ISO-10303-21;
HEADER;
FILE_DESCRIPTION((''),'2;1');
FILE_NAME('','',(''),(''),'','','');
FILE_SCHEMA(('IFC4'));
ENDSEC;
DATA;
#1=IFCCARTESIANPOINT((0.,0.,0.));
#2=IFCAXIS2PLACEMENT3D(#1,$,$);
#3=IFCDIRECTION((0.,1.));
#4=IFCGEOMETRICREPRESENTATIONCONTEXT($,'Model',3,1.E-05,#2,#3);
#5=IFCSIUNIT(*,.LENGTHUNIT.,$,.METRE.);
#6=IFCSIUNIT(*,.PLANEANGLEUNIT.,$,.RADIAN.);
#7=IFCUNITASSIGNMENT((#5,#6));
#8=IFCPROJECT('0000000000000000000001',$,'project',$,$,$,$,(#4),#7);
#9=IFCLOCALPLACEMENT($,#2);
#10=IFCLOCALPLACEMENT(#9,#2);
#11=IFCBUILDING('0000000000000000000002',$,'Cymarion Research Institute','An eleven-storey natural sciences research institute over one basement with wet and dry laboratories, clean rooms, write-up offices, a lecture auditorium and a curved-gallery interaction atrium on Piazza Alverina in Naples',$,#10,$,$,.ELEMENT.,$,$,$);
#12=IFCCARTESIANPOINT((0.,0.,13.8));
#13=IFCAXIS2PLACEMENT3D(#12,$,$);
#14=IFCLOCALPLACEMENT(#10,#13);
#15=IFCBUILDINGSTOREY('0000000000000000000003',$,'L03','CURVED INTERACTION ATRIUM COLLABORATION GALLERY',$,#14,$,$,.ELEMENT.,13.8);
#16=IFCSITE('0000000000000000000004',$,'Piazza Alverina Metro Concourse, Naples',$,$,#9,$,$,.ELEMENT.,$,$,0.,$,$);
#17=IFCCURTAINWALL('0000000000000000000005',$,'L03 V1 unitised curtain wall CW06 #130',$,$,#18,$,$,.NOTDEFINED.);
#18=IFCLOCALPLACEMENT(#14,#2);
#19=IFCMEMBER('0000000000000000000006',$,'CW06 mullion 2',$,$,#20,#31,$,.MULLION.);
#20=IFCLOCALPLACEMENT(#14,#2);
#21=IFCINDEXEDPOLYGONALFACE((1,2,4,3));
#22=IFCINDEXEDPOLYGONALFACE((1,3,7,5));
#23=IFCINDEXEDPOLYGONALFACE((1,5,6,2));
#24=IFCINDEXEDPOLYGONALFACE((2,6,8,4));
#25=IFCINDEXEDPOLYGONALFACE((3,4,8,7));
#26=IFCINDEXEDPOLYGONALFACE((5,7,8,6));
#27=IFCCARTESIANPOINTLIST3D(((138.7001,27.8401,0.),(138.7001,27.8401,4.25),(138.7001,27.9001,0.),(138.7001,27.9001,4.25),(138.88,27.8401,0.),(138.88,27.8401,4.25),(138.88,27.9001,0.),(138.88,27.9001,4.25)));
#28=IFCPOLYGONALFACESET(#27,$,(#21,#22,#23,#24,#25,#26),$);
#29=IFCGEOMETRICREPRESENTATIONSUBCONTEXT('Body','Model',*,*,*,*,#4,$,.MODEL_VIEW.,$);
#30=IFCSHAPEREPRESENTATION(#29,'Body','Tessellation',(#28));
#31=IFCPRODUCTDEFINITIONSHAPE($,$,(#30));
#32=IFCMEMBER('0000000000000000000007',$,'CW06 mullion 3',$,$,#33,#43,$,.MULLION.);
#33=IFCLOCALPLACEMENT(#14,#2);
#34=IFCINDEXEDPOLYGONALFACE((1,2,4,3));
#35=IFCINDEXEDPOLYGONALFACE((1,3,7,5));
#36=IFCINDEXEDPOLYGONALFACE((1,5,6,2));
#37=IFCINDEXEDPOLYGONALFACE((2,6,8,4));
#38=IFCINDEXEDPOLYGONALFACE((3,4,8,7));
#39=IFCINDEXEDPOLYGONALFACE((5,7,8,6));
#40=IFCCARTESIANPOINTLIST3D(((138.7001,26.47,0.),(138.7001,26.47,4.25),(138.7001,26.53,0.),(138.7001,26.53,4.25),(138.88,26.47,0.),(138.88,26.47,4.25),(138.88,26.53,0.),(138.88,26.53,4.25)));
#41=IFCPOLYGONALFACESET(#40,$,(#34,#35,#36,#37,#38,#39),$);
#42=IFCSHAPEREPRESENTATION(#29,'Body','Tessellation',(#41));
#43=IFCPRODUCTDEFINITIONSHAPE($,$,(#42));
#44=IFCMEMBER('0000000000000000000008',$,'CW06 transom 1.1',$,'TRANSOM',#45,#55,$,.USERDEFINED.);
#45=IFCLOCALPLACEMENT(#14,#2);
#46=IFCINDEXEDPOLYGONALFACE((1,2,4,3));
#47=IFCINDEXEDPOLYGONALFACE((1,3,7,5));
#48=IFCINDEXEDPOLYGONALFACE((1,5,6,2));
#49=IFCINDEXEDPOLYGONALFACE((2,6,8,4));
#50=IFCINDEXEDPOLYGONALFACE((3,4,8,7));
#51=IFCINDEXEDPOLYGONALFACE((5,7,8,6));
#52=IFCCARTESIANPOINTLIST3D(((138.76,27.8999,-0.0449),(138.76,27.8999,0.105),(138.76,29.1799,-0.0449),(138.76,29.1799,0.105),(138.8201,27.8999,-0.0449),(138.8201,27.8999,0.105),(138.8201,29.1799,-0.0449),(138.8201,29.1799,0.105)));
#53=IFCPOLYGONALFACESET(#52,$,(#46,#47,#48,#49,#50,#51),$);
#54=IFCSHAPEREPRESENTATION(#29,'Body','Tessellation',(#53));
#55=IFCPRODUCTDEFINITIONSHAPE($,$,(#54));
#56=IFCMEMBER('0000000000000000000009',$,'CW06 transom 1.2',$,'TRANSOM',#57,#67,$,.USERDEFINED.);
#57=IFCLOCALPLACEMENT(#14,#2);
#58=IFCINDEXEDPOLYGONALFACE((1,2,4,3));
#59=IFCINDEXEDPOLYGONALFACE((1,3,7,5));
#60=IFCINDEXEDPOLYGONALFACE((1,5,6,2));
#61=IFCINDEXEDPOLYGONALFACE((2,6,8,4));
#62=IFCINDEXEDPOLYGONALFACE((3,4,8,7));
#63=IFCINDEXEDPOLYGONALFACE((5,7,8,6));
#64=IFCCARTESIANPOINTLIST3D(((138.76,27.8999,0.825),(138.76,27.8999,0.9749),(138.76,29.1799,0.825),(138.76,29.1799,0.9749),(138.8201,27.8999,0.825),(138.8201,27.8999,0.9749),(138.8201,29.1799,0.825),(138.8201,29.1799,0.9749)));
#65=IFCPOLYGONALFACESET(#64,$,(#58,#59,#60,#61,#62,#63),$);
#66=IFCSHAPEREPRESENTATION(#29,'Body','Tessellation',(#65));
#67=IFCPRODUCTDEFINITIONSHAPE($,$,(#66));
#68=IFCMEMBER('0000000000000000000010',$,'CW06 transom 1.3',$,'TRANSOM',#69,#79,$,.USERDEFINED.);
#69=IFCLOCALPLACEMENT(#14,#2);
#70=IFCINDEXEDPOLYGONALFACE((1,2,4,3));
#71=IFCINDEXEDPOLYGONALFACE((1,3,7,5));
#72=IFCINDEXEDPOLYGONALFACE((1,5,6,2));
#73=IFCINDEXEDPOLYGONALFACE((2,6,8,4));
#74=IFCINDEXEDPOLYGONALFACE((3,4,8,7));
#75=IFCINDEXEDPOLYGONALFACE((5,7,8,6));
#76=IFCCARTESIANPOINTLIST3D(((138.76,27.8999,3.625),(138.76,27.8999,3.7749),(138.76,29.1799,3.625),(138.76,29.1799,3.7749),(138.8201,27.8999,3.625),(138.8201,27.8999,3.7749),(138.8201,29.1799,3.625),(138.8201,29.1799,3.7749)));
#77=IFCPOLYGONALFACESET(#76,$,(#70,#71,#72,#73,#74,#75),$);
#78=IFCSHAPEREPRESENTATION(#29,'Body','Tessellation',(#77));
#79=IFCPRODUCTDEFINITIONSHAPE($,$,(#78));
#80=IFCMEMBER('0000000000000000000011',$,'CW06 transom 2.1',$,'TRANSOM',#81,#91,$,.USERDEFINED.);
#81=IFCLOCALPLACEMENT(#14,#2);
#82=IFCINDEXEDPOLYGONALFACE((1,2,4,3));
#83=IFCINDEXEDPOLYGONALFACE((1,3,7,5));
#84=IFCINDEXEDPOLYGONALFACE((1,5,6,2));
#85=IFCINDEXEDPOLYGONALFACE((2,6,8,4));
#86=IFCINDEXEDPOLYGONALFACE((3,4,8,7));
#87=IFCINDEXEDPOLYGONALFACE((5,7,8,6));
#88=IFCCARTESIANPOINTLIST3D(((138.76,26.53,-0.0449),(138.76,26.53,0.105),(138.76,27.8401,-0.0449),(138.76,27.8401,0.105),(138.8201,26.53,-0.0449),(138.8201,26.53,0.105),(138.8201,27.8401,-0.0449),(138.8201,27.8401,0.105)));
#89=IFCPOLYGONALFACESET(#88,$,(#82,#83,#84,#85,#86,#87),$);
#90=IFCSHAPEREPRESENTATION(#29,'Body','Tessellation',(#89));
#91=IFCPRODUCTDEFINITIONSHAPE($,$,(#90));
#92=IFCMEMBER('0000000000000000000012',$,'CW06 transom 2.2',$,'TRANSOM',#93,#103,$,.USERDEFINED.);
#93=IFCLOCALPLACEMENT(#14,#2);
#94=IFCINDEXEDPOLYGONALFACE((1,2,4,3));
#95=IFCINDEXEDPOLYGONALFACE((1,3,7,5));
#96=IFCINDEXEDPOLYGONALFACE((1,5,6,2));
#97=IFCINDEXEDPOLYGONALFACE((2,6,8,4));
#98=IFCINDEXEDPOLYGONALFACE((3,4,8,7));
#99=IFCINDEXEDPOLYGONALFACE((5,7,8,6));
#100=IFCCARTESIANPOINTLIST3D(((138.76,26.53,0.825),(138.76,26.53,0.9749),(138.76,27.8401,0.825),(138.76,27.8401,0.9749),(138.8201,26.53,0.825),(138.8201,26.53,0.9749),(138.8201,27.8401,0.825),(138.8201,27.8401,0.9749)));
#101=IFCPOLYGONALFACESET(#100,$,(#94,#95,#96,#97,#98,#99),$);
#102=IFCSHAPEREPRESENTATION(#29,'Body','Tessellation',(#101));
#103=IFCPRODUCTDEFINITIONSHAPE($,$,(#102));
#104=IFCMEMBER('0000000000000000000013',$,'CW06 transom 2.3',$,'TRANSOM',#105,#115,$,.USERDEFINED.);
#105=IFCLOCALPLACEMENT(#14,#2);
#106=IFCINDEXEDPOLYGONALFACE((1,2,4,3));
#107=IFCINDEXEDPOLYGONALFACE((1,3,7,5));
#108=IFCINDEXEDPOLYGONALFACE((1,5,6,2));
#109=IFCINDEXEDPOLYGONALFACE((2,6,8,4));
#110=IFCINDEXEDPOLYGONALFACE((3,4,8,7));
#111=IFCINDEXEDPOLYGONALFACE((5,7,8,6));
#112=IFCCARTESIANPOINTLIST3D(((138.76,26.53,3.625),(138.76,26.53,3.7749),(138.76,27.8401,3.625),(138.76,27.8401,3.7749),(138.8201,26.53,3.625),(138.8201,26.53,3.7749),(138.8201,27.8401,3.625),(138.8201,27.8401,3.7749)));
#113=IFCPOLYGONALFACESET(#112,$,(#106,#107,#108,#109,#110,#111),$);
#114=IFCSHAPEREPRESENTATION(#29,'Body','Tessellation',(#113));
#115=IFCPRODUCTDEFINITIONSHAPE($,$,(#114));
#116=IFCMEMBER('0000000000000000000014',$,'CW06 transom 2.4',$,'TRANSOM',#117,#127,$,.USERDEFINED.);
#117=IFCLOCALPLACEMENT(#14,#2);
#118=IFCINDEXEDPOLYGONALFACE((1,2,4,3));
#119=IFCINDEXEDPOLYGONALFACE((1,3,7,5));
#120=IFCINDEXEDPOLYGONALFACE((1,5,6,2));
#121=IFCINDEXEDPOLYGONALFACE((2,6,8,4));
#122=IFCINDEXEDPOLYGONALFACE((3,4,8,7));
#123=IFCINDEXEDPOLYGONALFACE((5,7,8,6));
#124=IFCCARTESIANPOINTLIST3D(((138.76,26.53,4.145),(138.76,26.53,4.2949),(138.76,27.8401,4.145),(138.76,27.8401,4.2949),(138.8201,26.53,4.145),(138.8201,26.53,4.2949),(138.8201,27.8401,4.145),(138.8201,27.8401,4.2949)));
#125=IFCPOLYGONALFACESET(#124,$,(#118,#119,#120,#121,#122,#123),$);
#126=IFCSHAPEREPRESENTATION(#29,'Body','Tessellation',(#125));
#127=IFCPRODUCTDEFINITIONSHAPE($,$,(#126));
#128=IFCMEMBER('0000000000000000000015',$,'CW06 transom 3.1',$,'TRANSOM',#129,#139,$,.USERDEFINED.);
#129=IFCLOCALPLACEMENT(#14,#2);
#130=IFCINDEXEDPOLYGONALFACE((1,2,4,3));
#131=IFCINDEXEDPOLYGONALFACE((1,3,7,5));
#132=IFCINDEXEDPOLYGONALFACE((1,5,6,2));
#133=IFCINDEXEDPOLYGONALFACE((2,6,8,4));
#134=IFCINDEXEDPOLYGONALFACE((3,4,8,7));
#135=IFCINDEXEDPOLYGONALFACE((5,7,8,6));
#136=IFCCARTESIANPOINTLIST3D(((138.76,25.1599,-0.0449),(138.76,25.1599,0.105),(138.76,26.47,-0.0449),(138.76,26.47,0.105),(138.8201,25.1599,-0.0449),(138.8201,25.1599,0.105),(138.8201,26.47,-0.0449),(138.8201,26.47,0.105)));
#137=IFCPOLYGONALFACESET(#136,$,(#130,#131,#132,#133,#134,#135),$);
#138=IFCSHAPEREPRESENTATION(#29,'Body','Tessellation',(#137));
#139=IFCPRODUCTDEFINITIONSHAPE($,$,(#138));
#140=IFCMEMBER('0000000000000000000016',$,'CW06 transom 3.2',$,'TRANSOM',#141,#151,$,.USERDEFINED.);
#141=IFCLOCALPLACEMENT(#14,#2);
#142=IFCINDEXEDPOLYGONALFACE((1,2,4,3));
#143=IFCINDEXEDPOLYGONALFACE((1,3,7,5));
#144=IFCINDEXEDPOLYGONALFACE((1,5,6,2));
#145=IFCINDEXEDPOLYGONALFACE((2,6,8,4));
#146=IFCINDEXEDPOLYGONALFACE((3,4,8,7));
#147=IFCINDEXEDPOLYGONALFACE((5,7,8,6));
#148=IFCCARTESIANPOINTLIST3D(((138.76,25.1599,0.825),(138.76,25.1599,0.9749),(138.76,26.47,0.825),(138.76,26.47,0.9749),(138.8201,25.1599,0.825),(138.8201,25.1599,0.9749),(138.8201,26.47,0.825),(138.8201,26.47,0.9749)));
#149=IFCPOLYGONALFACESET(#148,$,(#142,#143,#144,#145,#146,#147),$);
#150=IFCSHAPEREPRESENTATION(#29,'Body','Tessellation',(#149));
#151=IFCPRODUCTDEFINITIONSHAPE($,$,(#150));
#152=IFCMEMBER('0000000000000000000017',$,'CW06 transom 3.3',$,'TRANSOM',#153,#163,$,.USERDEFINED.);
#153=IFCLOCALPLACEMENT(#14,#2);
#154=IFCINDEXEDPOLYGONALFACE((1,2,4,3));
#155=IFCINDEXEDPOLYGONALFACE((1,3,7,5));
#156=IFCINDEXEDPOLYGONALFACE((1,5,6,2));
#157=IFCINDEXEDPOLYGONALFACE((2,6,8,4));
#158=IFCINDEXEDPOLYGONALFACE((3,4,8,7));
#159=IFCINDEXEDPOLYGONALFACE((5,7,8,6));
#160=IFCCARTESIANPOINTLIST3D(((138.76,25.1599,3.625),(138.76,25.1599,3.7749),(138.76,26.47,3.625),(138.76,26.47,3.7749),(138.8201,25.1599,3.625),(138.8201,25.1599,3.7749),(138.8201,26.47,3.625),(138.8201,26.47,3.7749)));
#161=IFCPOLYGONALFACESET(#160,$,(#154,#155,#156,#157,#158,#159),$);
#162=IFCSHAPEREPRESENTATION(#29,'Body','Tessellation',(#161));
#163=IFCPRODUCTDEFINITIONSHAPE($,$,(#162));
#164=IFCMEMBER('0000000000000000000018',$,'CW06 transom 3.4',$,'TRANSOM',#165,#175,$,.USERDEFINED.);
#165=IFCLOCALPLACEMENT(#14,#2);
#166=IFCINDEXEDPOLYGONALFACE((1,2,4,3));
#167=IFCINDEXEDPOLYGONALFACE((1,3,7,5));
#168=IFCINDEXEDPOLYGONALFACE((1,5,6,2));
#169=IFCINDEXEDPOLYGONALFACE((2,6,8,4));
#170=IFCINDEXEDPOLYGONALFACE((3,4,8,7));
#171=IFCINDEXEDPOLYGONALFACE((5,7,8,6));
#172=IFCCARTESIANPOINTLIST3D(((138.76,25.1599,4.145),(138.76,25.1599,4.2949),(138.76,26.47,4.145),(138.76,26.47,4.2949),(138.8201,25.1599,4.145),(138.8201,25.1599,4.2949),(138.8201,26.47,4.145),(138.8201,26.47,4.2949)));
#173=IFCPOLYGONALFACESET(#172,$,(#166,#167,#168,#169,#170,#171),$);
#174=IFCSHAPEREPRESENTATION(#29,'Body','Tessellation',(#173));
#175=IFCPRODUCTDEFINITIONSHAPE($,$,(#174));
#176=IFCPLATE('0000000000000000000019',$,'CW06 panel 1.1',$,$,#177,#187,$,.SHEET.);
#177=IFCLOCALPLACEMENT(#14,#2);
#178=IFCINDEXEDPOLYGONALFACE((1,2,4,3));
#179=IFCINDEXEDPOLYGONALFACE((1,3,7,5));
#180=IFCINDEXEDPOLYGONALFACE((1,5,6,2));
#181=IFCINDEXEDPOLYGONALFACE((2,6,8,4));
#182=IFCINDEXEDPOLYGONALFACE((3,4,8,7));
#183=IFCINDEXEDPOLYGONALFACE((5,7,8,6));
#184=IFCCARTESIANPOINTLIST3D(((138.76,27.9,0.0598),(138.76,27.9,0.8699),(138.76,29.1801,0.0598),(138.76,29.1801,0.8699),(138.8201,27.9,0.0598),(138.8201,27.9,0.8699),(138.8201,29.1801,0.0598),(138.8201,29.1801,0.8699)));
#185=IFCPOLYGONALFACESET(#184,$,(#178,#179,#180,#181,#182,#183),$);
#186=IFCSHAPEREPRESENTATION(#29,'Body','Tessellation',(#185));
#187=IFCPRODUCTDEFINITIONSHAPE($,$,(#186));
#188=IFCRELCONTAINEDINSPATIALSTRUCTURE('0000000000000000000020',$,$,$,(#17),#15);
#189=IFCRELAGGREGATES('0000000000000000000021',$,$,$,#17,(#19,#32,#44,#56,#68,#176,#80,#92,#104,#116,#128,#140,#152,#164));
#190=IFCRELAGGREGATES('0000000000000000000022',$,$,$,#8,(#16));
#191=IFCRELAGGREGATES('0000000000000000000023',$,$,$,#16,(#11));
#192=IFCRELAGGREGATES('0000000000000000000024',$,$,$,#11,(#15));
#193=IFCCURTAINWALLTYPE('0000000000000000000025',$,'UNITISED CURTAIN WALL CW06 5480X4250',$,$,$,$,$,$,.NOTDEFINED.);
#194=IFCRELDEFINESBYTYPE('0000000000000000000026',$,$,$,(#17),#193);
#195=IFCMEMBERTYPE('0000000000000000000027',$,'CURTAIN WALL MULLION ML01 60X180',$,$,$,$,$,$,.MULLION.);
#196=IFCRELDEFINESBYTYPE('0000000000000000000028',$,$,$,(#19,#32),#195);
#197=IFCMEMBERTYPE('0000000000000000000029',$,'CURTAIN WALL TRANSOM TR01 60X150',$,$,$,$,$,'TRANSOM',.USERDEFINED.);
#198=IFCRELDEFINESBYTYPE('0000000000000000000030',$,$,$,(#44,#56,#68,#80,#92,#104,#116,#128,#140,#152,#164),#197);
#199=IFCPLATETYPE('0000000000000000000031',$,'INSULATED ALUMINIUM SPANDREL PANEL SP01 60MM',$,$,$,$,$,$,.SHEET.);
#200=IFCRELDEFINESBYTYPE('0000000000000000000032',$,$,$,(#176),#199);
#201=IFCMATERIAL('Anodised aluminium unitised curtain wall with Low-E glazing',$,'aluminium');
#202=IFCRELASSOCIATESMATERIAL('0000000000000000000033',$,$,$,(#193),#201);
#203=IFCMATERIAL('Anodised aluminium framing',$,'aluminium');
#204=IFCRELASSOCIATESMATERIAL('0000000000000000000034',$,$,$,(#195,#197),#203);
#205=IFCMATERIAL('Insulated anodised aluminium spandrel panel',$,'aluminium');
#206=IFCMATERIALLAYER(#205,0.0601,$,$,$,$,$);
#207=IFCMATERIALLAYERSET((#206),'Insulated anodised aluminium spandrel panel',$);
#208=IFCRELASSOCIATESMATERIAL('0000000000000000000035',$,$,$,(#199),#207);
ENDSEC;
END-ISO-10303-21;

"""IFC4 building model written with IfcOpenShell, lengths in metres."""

from ifc_helpers import new_model, si_unit, direction, frame, origin, origin_2d, place, context, subcontext, project, spatial, rectangle, extrude, material, layer, layer_set, material_profile, profile_set, type_object, element, aggregate, save


model = new_model("IFC4")

# Units and contexts
model_context = context("Model", 3, precision=1e-05, world=origin(), true_north=direction((0.0, 1.0)))
body_context = subcontext(model_context, "Body", "Model", "MODEL_VIEW")
ifc_project = project(units=[si_unit("LENGTHUNIT", "METRE"), si_unit("PLANEANGLEUNIT", "RADIAN")], contexts=[model_context])

# Site, building, storey
site_placement = place(None, origin())
site = spatial("IfcSite", under=ifc_project, at=site_placement, Name="Piazza Alverina Metro Concourse, Naples", CompositionType="ELEMENT", RefElevation=0.0)
building_placement = place(site_placement, origin())
building = spatial("IfcBuilding", under=site, at=building_placement, Name="Cymarion Research Institute", Description="An eleven-storey natural sciences research institute over one basement with wet and dry laboratories, clean rooms, write-up offices, a lecture auditorium and a curved-gallery interaction atrium on Piazza Alverina in Naples", CompositionType="ELEMENT")
storey_placement = place(building_placement, frame((0.0, 0.0, 13.8)))
storey = spatial("IfcBuildingStorey", under=building, at=storey_placement, Name="L03", Description="CURVED INTERACTION ATRIUM COLLABORATION GALLERY", CompositionType="ELEMENT", Elevation=13.8)

# Curtain wall, members, plate
ifc_material_1 = material(Name="Anodised aluminium unitised curtain wall with Low-E glazing", Category="aluminium")
curtain_wall_type = type_object("IfcCurtainWallType", Name="UNITISED CURTAIN WALL CW06 5480X4250", PredefinedType="NOTDEFINED", material=ifc_material_1)
curtain_wall_placement = place(storey_placement, origin())
curtain_wall = element("IfcCurtainWall", 1, at=curtain_wall_placement, inside=storey, type_object=curtain_wall_type, Name="L03 V1 unitised curtain wall CW06 #130", PredefinedType="NOTDEFINED")
ifc_material_2 = material(Name="Anodised aluminium framing", Category="aluminium")
ifc_material_profile_1 = material_profile(ifc_material_2, rectangle(XDim=0.0601, YDim=0.1799, at=origin_2d()), Name="ALU MULLION 60x180")
ifc_profile_set_1 = profile_set([ifc_material_profile_1], Name="Anodised aluminium framing")
member_type_1 = type_object("IfcMemberType", Name="CURTAIN WALL MULLION ML01 60X180", PredefinedType="MULLION", material=ifc_profile_set_1)
member_1_placement = place(storey_placement, frame((138.79, 27.8701, 0.0), z_axis=(0.0, 0.0, 1.0), x_axis=(0.0, -1.0, 0.0)))
member_1 = element("IfcMember", 2, at=member_1_placement, type_object=member_type_1, Name="CW06 mullion 2", PredefinedType="MULLION", context=body_context, shape_type="SweptSolid", body=[
    extrude(rectangle(XDim=0.0601, YDim=0.1799, at=origin_2d()), origin(), (0.0, 0.0, 1.0), 4.25),
])
member_2_placement = place(storey_placement, frame((138.79, 26.5, 0.0), z_axis=(0.0, 0.0, 1.0), x_axis=(0.0, -1.0, 0.0)))
member_2 = element("IfcMember", 3, at=member_2_placement, type_object=member_type_1, Name="CW06 mullion 3", PredefinedType="MULLION", context=body_context, shape_type="SweptSolid", body=[
    extrude(rectangle(XDim=0.0601, YDim=0.1799, at=origin_2d()), origin(), (0.0, 0.0, 1.0), 4.25),
])
ifc_material_profile_2 = material_profile(ifc_material_2, rectangle(XDim=0.0601, YDim=0.1499, at=origin_2d()), Name="ALU TRANSOM 60x150")
ifc_profile_set_2 = profile_set([ifc_material_profile_2], Name="Anodised aluminium framing")
member_type_2 = type_object("IfcMemberType", Name="CURTAIN WALL TRANSOM TR01 60X150", ElementType="TRANSOM", PredefinedType="USERDEFINED", material=ifc_profile_set_2)
member_3_placement = place(storey_placement, frame((138.79, 29.1799, 0.03), z_axis=(0.0, -1.0, 0.0), x_axis=(1.0, 0.0, 0.0)))
member_3 = element("IfcMember", 4, at=member_3_placement, type_object=member_type_2, Name="CW06 transom 1.1", ObjectType="TRANSOM", PredefinedType="USERDEFINED", context=body_context, shape_type="SweptSolid", body=[
    extrude(rectangle(XDim=0.0601, YDim=0.1499, at=origin_2d()), origin(), (0.0, 0.0, 1.0), 1.28),
])
member_4_placement = place(storey_placement, frame((138.79, 29.1799, 0.8999), z_axis=(0.0, -1.0, 0.0), x_axis=(1.0, 0.0, 0.0)))
member_4 = element("IfcMember", 5, at=member_4_placement, type_object=member_type_2, Name="CW06 transom 1.2", ObjectType="TRANSOM", PredefinedType="USERDEFINED", context=body_context, shape_type="SweptSolid", body=[
    extrude(rectangle(XDim=0.0601, YDim=0.1499, at=origin_2d()), origin(), (0.0, 0.0, 1.0), 1.28),
])
member_5_placement = place(storey_placement, frame((138.79, 29.1799, 3.7), z_axis=(0.0, -1.0, 0.0), x_axis=(1.0, 0.0, 0.0)))
member_5 = element("IfcMember", 6, at=member_5_placement, type_object=member_type_2, Name="CW06 transom 1.3", ObjectType="TRANSOM", PredefinedType="USERDEFINED", context=body_context, shape_type="SweptSolid", body=[
    extrude(rectangle(XDim=0.0601, YDim=0.1499, at=origin_2d()), origin(), (0.0, 0.0, 1.0), 1.28),
])
member_6_placement = place(storey_placement, frame((138.79, 27.8401, 0.03), z_axis=(0.0, -1.0, 0.0), x_axis=(1.0, 0.0, 0.0)))
member_6 = element("IfcMember", 7, at=member_6_placement, type_object=member_type_2, Name="CW06 transom 2.1", ObjectType="TRANSOM", PredefinedType="USERDEFINED", context=body_context, shape_type="SweptSolid", body=[
    extrude(rectangle(XDim=0.0601, YDim=0.1499, at=origin_2d()), origin(), (0.0, 0.0, 1.0), 1.3101),
])
member_7_placement = place(storey_placement, frame((138.79, 27.8401, 0.8999), z_axis=(0.0, -1.0, 0.0), x_axis=(1.0, 0.0, 0.0)))
member_7 = element("IfcMember", 8, at=member_7_placement, type_object=member_type_2, Name="CW06 transom 2.2", ObjectType="TRANSOM", PredefinedType="USERDEFINED", context=body_context, shape_type="SweptSolid", body=[
    extrude(rectangle(XDim=0.0601, YDim=0.1499, at=origin_2d()), origin(), (0.0, 0.0, 1.0), 1.3101),
])
member_8_placement = place(storey_placement, frame((138.79, 27.8401, 3.7), z_axis=(0.0, -1.0, 0.0), x_axis=(1.0, 0.0, 0.0)))
member_8 = element("IfcMember", 9, at=member_8_placement, type_object=member_type_2, Name="CW06 transom 2.3", ObjectType="TRANSOM", PredefinedType="USERDEFINED", context=body_context, shape_type="SweptSolid", body=[
    extrude(rectangle(XDim=0.0601, YDim=0.1499, at=origin_2d()), origin(), (0.0, 0.0, 1.0), 1.3101),
])
member_9_placement = place(storey_placement, frame((138.79, 27.8401, 4.22), z_axis=(0.0, -1.0, 0.0), x_axis=(1.0, 0.0, 0.0)))
member_9 = element("IfcMember", 10, at=member_9_placement, type_object=member_type_2, Name="CW06 transom 2.4", ObjectType="TRANSOM", PredefinedType="USERDEFINED", context=body_context, shape_type="SweptSolid", body=[
    extrude(rectangle(XDim=0.0601, YDim=0.1499, at=origin_2d()), origin(), (0.0, 0.0, 1.0), 1.3101),
])
member_10_placement = place(storey_placement, frame((138.79, 26.47, 0.03), z_axis=(0.0, -1.0, 0.0), x_axis=(1.0, 0.0, 0.0)))
member_10 = element("IfcMember", 11, at=member_10_placement, type_object=member_type_2, Name="CW06 transom 3.1", ObjectType="TRANSOM", PredefinedType="USERDEFINED", context=body_context, shape_type="SweptSolid", body=[
    extrude(rectangle(XDim=0.0601, YDim=0.1499, at=origin_2d()), origin(), (0.0, 0.0, 1.0), 1.3101),
])
member_11_placement = place(storey_placement, frame((138.79, 26.47, 0.8999), z_axis=(0.0, -1.0, 0.0), x_axis=(1.0, 0.0, 0.0)))
member_11 = element("IfcMember", 12, at=member_11_placement, type_object=member_type_2, Name="CW06 transom 3.2", ObjectType="TRANSOM", PredefinedType="USERDEFINED", context=body_context, shape_type="SweptSolid", body=[
    extrude(rectangle(XDim=0.0601, YDim=0.1499, at=origin_2d()), origin(), (0.0, 0.0, 1.0), 1.3101),
])
member_12_placement = place(storey_placement, frame((138.79, 26.47, 3.7), z_axis=(0.0, -1.0, 0.0), x_axis=(1.0, 0.0, 0.0)))
member_12 = element("IfcMember", 13, at=member_12_placement, type_object=member_type_2, Name="CW06 transom 3.3", ObjectType="TRANSOM", PredefinedType="USERDEFINED", context=body_context, shape_type="SweptSolid", body=[
    extrude(rectangle(XDim=0.0601, YDim=0.1499, at=origin_2d()), origin(), (0.0, 0.0, 1.0), 1.3101),
])
member_13_placement = place(storey_placement, frame((138.79, 26.47, 4.22), z_axis=(0.0, -1.0, 0.0), x_axis=(1.0, 0.0, 0.0)))
member_13 = element("IfcMember", 14, at=member_13_placement, type_object=member_type_2, Name="CW06 transom 3.4", ObjectType="TRANSOM", PredefinedType="USERDEFINED", context=body_context, shape_type="SweptSolid", body=[
    extrude(rectangle(XDim=0.0601, YDim=0.1499, at=origin_2d()), origin(), (0.0, 0.0, 1.0), 1.3101),
])
ifc_material_3 = material(Name="Insulated anodised aluminium spandrel panel", Category="aluminium")
ifc_layer_1 = layer(ifc_material_3, 0.0601)
ifc_layer_set_1 = layer_set([ifc_layer_1], Name="Insulated anodised aluminium spandrel panel")
plate_type_1 = type_object("IfcPlateType", Name="INSULATED ALUMINIUM SPANDREL PANEL SP01 60MM", PredefinedType="SHEET", material=ifc_layer_set_1)
plate_1_placement = place(storey_placement, frame((138.79, 28.54, 0.0598), z_axis=(0.0, 0.0, 1.0), x_axis=(0.0, -1.0, 0.0)))
plate_1 = element("IfcPlate", 15, at=plate_1_placement, type_object=plate_type_1, Name="CW06 panel 1.1", PredefinedType="SHEET", context=body_context, shape_type="SweptSolid", body=[
    extrude(rectangle(XDim=1.28, YDim=0.0601, at=origin_2d()), origin(), (0.0, 0.0, 1.0), 0.8101),
])
aggregate(curtain_wall, [member_1, member_2, member_3, member_4, member_5, plate_1, member_6, member_7, member_8, member_9, member_10, member_11, member_12, member_13])

save(model, "model.ifc")
